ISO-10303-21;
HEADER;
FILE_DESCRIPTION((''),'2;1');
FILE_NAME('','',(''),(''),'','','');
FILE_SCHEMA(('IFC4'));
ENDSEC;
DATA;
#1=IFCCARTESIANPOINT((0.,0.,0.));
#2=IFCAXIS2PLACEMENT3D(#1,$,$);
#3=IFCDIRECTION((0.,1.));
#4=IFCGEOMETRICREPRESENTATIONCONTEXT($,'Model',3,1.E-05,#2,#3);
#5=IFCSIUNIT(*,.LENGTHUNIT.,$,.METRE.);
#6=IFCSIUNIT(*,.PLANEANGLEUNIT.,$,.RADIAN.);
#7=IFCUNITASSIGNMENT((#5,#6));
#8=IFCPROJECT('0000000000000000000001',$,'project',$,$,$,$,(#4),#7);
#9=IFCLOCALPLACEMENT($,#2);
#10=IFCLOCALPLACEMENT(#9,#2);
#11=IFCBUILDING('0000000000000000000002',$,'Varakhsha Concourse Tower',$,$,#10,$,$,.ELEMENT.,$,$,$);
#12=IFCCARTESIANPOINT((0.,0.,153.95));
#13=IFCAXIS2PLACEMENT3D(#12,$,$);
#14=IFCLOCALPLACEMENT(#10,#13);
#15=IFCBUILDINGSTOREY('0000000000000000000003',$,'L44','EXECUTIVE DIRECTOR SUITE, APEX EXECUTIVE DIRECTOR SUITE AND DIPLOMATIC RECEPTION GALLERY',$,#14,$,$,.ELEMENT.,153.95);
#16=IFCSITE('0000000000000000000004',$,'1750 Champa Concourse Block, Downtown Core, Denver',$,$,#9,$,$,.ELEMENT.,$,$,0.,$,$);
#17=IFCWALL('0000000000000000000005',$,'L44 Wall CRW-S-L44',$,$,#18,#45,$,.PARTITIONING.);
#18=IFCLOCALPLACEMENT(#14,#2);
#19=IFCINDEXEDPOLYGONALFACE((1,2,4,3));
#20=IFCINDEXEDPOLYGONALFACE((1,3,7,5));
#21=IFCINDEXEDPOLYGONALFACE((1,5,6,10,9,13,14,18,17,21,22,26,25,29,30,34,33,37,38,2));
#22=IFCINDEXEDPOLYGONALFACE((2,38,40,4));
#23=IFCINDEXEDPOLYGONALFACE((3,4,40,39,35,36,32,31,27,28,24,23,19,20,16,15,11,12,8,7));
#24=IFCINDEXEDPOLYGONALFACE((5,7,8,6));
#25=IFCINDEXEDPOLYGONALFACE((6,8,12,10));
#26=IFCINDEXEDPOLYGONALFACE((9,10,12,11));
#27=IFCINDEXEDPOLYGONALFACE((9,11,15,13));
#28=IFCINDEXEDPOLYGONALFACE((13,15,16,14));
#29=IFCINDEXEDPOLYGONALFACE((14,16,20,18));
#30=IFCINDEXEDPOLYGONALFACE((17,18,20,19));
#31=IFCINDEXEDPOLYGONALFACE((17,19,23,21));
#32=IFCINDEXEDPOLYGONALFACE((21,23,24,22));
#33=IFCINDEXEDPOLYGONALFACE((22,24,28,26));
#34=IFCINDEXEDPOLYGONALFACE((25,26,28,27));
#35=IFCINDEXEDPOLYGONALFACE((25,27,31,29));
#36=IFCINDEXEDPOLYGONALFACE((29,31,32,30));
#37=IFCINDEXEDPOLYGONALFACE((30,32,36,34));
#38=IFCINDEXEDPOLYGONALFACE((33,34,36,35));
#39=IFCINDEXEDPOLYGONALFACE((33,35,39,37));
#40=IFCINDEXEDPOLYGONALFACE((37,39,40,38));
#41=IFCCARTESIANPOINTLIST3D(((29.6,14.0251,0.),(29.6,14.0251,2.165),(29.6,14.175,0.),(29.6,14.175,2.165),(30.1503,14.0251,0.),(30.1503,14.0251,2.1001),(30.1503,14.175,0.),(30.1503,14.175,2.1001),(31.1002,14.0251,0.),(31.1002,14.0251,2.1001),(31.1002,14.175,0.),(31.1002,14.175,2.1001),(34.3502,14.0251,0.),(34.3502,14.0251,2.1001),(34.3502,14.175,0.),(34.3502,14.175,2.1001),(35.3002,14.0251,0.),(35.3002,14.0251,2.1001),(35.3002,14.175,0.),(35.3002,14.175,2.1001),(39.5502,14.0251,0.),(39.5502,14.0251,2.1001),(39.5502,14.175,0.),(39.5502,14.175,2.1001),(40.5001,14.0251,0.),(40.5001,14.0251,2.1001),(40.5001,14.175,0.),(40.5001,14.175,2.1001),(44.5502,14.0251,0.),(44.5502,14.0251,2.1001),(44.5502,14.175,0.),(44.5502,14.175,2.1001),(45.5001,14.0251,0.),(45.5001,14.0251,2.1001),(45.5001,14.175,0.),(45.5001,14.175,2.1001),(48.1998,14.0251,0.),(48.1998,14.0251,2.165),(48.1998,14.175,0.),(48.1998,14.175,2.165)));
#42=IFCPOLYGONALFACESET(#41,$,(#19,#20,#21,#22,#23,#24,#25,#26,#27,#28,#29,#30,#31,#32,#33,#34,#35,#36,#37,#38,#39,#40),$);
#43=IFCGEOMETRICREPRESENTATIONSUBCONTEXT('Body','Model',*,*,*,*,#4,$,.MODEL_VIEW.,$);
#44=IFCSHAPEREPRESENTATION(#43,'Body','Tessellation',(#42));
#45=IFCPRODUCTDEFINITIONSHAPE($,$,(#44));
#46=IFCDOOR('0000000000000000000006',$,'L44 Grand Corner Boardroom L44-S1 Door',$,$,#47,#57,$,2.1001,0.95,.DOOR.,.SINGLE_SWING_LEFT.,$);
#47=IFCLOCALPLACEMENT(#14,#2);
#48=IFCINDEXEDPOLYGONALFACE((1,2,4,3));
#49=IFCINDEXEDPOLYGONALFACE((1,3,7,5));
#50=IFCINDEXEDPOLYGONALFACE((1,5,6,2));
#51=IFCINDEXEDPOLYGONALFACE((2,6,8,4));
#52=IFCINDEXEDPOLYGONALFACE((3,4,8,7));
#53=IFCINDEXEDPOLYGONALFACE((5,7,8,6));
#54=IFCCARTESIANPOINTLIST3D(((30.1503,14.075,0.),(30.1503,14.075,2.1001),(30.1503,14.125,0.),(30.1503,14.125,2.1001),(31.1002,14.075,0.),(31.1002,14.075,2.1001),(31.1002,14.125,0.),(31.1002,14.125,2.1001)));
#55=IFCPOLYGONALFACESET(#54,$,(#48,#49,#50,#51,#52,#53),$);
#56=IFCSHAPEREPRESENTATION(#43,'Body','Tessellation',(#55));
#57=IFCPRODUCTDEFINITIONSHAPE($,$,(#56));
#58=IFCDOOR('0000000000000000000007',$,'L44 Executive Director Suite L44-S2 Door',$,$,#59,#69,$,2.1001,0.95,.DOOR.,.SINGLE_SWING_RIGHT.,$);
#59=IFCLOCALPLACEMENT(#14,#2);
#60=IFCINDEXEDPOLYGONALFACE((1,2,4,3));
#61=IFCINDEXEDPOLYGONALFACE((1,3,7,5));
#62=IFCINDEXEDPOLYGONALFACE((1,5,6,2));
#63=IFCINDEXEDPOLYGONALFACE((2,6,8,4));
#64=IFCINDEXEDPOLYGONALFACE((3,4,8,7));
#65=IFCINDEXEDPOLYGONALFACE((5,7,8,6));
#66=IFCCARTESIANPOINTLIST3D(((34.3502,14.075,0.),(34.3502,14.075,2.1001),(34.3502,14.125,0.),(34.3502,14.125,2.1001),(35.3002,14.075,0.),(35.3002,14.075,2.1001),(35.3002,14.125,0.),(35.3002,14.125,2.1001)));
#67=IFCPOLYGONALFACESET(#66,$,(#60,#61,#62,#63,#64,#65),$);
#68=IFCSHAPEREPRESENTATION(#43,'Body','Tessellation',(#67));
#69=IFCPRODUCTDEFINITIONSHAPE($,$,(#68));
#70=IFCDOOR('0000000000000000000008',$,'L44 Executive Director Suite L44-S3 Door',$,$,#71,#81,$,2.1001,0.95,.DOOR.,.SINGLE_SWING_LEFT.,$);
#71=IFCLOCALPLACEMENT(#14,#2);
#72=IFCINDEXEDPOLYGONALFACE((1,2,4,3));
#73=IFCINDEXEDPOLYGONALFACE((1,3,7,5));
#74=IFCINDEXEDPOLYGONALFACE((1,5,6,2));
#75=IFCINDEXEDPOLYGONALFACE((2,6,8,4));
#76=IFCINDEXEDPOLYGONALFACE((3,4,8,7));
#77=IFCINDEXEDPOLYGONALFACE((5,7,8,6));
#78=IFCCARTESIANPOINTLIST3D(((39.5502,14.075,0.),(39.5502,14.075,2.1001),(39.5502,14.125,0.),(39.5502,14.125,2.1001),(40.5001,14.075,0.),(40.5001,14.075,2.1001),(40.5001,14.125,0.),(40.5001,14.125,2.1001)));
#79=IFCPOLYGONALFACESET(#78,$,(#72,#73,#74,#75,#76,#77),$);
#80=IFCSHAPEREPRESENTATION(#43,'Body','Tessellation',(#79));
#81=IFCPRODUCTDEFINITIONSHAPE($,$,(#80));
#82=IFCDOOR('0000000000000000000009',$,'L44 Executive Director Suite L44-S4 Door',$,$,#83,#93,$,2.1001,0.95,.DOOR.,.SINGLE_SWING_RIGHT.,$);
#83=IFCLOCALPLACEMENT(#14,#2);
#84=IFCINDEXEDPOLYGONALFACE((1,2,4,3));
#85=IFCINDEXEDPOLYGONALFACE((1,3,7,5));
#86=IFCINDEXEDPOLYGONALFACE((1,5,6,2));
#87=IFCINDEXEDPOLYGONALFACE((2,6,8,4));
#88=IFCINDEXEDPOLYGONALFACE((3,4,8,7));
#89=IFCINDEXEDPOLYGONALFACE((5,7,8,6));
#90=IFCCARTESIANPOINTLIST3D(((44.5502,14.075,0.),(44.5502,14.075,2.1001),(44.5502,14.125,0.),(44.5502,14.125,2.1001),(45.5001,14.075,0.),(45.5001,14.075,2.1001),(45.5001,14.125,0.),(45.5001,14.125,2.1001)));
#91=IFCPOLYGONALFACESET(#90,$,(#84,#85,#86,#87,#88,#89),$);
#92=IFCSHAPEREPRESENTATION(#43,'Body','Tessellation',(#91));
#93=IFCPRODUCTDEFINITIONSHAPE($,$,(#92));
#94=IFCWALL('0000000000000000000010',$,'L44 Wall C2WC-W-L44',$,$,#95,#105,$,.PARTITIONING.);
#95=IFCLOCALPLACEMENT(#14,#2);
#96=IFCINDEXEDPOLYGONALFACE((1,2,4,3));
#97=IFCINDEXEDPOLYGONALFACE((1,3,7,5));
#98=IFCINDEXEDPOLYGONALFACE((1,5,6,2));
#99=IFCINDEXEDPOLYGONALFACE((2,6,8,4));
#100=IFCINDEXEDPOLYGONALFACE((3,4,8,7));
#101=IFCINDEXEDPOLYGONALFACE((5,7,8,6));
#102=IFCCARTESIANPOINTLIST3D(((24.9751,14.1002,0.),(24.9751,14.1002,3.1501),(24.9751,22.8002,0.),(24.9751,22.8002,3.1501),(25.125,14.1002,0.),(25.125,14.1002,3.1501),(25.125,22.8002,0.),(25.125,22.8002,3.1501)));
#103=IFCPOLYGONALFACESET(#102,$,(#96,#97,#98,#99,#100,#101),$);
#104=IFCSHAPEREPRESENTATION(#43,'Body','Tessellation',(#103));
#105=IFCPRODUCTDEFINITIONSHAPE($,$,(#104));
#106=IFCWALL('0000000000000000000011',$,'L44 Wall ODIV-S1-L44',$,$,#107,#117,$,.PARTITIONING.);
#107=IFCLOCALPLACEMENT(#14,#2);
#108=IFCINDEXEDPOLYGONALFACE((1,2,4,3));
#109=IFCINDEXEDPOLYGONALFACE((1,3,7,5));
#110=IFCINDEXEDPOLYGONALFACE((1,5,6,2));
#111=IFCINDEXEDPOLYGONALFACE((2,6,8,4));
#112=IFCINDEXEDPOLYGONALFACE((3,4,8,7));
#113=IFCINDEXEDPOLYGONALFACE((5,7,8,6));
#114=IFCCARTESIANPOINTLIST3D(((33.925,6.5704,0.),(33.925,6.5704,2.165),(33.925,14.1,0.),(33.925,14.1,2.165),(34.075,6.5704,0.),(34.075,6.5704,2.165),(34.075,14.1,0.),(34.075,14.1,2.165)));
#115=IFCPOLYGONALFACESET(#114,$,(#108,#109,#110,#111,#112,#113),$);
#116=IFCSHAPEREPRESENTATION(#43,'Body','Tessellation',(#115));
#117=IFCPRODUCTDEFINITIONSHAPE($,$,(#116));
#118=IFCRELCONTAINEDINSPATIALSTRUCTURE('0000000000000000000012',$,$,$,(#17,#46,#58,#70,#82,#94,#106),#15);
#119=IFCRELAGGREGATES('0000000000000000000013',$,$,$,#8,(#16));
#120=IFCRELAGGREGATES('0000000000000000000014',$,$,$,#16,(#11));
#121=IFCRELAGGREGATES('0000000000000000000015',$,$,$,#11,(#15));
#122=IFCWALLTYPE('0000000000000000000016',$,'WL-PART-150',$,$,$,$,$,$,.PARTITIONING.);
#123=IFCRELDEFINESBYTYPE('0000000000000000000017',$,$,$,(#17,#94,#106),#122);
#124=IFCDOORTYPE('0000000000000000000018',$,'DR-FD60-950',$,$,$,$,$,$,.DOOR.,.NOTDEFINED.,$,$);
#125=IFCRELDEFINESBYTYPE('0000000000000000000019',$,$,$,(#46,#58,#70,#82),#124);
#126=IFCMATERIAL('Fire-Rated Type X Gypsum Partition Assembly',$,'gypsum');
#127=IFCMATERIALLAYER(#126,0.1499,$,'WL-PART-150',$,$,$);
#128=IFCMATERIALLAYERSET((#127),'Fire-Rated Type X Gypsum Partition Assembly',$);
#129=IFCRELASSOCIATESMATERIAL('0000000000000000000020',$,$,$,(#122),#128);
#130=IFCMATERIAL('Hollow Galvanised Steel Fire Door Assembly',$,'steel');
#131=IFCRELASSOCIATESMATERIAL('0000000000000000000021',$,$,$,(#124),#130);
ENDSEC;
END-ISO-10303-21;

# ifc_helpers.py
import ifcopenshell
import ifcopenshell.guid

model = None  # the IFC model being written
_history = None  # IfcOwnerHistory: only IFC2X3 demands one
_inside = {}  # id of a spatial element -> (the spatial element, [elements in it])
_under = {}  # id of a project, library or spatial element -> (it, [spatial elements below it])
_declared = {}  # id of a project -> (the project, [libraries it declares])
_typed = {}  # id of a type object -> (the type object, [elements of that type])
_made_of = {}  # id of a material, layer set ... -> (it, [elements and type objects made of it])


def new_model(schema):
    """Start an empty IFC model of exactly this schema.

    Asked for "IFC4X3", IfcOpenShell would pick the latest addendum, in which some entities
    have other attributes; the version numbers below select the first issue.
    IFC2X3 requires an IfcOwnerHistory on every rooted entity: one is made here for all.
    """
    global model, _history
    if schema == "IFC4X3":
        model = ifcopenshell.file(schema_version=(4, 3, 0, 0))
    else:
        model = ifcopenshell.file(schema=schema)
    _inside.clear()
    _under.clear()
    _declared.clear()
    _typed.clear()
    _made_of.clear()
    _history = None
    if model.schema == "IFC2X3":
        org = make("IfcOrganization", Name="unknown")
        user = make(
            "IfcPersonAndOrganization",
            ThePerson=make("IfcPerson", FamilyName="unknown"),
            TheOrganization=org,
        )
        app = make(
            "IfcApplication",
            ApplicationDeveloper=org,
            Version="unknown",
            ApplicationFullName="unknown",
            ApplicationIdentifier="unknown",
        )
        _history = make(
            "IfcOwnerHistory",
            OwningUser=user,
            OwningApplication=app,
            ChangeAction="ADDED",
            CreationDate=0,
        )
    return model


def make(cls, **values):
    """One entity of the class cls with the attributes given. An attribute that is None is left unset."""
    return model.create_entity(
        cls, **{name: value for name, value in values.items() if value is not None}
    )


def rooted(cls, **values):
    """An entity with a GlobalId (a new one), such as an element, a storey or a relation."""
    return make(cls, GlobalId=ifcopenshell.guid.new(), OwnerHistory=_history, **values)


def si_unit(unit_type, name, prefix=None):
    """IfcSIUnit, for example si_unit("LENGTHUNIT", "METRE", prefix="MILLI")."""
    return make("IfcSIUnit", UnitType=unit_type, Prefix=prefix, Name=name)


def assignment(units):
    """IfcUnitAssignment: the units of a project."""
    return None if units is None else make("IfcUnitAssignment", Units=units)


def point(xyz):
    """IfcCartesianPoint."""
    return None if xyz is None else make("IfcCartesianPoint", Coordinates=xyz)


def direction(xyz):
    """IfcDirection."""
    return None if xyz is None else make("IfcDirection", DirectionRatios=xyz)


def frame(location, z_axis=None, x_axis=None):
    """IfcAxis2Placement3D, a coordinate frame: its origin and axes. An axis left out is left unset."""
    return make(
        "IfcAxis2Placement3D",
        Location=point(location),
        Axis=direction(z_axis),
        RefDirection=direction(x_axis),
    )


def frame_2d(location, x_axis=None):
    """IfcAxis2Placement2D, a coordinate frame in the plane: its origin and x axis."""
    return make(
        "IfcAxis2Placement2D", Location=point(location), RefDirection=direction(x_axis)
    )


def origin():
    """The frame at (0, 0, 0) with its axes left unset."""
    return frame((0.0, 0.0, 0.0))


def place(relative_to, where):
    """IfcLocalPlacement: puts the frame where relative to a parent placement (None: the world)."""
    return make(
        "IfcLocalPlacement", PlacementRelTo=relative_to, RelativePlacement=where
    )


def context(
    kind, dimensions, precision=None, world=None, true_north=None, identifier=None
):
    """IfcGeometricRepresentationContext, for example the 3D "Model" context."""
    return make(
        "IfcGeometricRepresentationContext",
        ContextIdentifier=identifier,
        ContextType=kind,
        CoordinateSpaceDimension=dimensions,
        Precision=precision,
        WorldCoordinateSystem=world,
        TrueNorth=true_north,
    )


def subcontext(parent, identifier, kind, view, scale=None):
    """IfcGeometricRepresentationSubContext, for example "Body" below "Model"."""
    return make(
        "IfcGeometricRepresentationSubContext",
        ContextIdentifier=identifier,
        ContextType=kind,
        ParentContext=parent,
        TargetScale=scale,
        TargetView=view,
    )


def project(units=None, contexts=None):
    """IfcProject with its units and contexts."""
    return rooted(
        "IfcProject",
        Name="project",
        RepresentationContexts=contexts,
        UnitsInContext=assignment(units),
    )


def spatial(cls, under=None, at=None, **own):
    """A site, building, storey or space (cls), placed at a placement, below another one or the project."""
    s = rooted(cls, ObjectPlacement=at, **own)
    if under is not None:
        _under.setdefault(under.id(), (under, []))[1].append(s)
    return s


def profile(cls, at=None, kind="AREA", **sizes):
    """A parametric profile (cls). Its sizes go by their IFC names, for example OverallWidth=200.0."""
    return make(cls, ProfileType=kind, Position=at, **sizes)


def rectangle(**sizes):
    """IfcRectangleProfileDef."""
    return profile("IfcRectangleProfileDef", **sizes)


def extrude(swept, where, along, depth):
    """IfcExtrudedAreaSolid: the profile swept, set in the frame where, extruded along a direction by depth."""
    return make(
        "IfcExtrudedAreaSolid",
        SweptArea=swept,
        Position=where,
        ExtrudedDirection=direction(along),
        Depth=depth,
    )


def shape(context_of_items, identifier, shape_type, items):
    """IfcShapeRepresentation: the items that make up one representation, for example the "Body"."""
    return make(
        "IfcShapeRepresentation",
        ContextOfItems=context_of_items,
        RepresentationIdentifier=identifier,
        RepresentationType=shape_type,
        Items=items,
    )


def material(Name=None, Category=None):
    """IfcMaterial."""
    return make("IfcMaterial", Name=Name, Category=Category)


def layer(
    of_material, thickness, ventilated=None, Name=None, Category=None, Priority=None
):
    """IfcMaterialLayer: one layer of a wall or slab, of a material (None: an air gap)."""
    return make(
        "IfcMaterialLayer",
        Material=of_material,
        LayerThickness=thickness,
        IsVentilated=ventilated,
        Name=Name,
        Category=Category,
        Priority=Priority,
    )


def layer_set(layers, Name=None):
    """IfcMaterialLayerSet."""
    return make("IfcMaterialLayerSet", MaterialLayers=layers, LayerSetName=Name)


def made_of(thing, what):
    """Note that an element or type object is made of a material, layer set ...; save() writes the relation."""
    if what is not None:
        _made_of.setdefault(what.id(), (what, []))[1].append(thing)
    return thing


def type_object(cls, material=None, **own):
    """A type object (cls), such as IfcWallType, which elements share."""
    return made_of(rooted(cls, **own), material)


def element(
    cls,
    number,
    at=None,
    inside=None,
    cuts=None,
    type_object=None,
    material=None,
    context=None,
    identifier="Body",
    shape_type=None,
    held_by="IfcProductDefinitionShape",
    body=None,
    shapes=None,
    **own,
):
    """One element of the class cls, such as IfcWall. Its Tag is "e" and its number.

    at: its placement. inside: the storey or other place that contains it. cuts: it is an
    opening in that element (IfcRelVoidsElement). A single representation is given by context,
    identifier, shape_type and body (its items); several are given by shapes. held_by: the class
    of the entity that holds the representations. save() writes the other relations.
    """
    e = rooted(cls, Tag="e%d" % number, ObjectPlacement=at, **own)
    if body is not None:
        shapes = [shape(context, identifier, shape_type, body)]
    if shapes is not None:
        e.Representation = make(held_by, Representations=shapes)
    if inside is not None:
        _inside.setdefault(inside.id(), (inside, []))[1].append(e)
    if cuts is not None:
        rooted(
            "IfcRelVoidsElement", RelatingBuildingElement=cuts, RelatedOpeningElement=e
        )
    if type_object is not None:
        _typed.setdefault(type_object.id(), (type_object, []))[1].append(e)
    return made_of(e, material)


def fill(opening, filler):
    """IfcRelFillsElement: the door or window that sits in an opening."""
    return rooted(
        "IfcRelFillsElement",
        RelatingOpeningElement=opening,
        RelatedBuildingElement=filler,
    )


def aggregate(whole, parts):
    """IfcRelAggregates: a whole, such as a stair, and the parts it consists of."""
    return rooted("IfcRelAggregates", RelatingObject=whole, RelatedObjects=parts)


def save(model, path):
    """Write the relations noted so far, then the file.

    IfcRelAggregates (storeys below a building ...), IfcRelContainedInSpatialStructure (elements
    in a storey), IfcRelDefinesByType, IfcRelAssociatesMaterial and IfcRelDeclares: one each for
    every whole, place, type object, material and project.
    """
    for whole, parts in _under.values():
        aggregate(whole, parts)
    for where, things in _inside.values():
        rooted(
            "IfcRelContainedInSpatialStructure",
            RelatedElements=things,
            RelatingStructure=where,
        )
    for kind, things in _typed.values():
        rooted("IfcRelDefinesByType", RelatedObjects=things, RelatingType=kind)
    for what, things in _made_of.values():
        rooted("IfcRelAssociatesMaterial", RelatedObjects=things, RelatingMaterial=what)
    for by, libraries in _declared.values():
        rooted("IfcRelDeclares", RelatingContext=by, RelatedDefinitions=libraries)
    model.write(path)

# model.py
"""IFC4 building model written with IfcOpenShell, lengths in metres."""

from ifc_helpers import new_model, si_unit, direction, frame, frame_2d, origin, place, context, subcontext, project, spatial, rectangle, extrude, material, layer, layer_set, type_object, element, fill, save


model = new_model("IFC4")

# Units and contexts
model_context = context("Model", 3, precision=1e-05, world=origin(), true_north=direction((0.0, 1.0)))
body_context = subcontext(model_context, "Body", "Model", "MODEL_VIEW")
ifc_project = project(units=[si_unit("LENGTHUNIT", "METRE"), si_unit("PLANEANGLEUNIT", "RADIAN")], contexts=[model_context])

# Site, building, storey
site_placement = place(None, origin())
site = spatial("IfcSite", under=ifc_project, at=site_placement, Name="1750 Champa Concourse Block, Downtown Core, Denver", CompositionType="ELEMENT", RefElevation=0.0)
building_placement = place(site_placement, origin())
building = spatial("IfcBuilding", under=site, at=building_placement, Name="Varakhsha Concourse Tower", CompositionType="ELEMENT")
storey_placement = place(building_placement, frame((0.0, 0.0, 153.95)))
storey = spatial("IfcBuildingStorey", under=building, at=storey_placement, Name="L44", Description="EXECUTIVE DIRECTOR SUITE, APEX EXECUTIVE DIRECTOR SUITE AND DIPLOMATIC RECEPTION GALLERY", CompositionType="ELEMENT", Elevation=153.95)

# Wall, openings, doors
ifc_material_1 = material(Name="Fire-Rated Type X Gypsum Partition Assembly", Category="gypsum")
ifc_layer_1 = layer(ifc_material_1, 0.1499, Name="WL-PART-150")
ifc_layer_set_1 = layer_set([ifc_layer_1], Name="Fire-Rated Type X Gypsum Partition Assembly")
wall_type = type_object("IfcWallType", Name="WL-PART-150", PredefinedType="PARTITIONING", material=ifc_layer_set_1)
wall_1_placement = place(storey_placement, frame((29.6001, 14.1001, 0.0), z_axis=(0.0, 0.0, 1.0), x_axis=(1.0, 0.0, 0.0)))
wall_1 = element("IfcWall", 1, at=wall_1_placement, inside=storey, type_object=wall_type, Name="L44 Wall CRW-S-L44", PredefinedType="PARTITIONING", context=body_context, shape_type="SweptSolid", body=[
    extrude(rectangle(XDim=18.5999, YDim=0.1499, at=frame_2d((9.2998, 0.0))), origin(), (0.0, 0.0, 1.0), 2.165),
])
opening_1_placement = place(wall_1_placement, frame((0.55, 0.0, 0.0)))
opening_1 = element("IfcOpeningElement", 2, at=opening_1_placement, cuts=wall_1, PredefinedType="OPENING", context=body_context, shape_type="SweptSolid", body=[
    extrude(rectangle(XDim=0.95, YDim=2.1001, at=frame_2d((0.4751, 1.05))), frame((0.0, 0.085, 0.0), z_axis=(0.0, -1.0, 0.0), x_axis=(1.0, 0.0, 0.0)), (0.0, 0.0, 1.0), 0.1699),
])
opening_2_placement = place(wall_1_placement, frame((4.75, 0.0, 0.0)))
opening_2 = element("IfcOpeningElement", 3, at=opening_2_placement, cuts=wall_1, PredefinedType="OPENING", context=body_context, shape_type="SweptSolid", body=[
    extrude(rectangle(XDim=0.95, YDim=2.1001, at=frame_2d((0.4751, 1.05))), frame((0.0, 0.085, 0.0), z_axis=(0.0, -1.0, 0.0), x_axis=(1.0, 0.0, 0.0)), (0.0, 0.0, 1.0), 0.1699),
])
opening_3_placement = place(wall_1_placement, frame((9.95, 0.0, 0.0)))
opening_3 = element("IfcOpeningElement", 4, at=opening_3_placement, cuts=wall_1, PredefinedType="OPENING", context=body_context, shape_type="SweptSolid", body=[
    extrude(rectangle(XDim=0.95, YDim=2.1001, at=frame_2d((0.4751, 1.05))), frame((0.0, 0.085, 0.0), z_axis=(0.0, -1.0, 0.0), x_axis=(1.0, 0.0, 0.0)), (0.0, 0.0, 1.0), 0.1699),
])
opening_4_placement = place(wall_1_placement, frame((14.95, 0.0, 0.0)))
opening_4 = element("IfcOpeningElement", 5, at=opening_4_placement, cuts=wall_1, PredefinedType="OPENING", context=body_context, shape_type="SweptSolid", body=[
    extrude(rectangle(XDim=0.95, YDim=2.1001, at=frame_2d((0.4751, 1.05))), frame((0.0, 0.085, 0.0), z_axis=(0.0, -1.0, 0.0), x_axis=(1.0, 0.0, 0.0)), (0.0, 0.0, 1.0), 0.1699),
])
ifc_material_2 = material(Name="Hollow Galvanised Steel Fire Door Assembly", Category="steel")
door_type = type_object("IfcDoorType", Name="DR-FD60-950", OperationType="NOTDEFINED", PredefinedType="DOOR", material=ifc_material_2)
door_1_placement = place(opening_1_placement, origin())
door_1 = element("IfcDoor", 6, at=door_1_placement, inside=storey, type_object=door_type, Name="L44 Grand Corner Boardroom L44-S1 Door", OperationType="SINGLE_SWING_LEFT", OverallHeight=2.1001, OverallWidth=0.95, PredefinedType="DOOR", context=body_context, shape_type="SweptSolid", body=[
    extrude(rectangle(XDim=0.95, YDim=2.1001, at=frame_2d((0.4751, 1.05))), frame((0.0, 0.0249, 0.0), z_axis=(0.0, -1.0, 0.0), x_axis=(1.0, 0.0, 0.0)), (0.0, 0.0, 1.0), 0.05),
])
fill(opening_1, door_1)
door_2_placement = place(opening_2_placement, origin())
door_2 = element("IfcDoor", 7, at=door_2_placement, inside=storey, type_object=door_type, Name="L44 Executive Director Suite L44-S2 Door", OperationType="SINGLE_SWING_RIGHT", OverallHeight=2.1001, OverallWidth=0.95, PredefinedType="DOOR", context=body_context, shape_type="SweptSolid", body=[
    extrude(rectangle(XDim=0.95, YDim=2.1001, at=frame_2d((0.4751, 1.05))), frame((0.0, 0.0249, 0.0), z_axis=(0.0, -1.0, 0.0), x_axis=(1.0, 0.0, 0.0)), (0.0, 0.0, 1.0), 0.05),
])
fill(opening_2, door_2)
door_3_placement = place(opening_3_placement, origin())
door_3 = element("IfcDoor", 8, at=door_3_placement, inside=storey, type_object=door_type, Name="L44 Executive Director Suite L44-S3 Door", OperationType="SINGLE_SWING_LEFT", OverallHeight=2.1001, OverallWidth=0.95, PredefinedType="DOOR", context=body_context, shape_type="SweptSolid", body=[
    extrude(rectangle(XDim=0.95, YDim=2.1001, at=frame_2d((0.4751, 1.05))), frame((0.0, 0.0249, 0.0), z_axis=(0.0, -1.0, 0.0), x_axis=(1.0, 0.0, 0.0)), (0.0, 0.0, 1.0), 0.05),
])
fill(opening_3, door_3)
door_4_placement = place(opening_4_placement, origin())
door_4 = element("IfcDoor", 9, at=door_4_placement, inside=storey, type_object=door_type, Name="L44 Executive Director Suite L44-S4 Door", OperationType="SINGLE_SWING_RIGHT", OverallHeight=2.1001, OverallWidth=0.95, PredefinedType="DOOR", context=body_context, shape_type="SweptSolid", body=[
    extrude(rectangle(XDim=0.95, YDim=2.1001, at=frame_2d((0.4751, 1.05))), frame((0.0, 0.0249, 0.0), z_axis=(0.0, -1.0, 0.0), x_axis=(1.0, 0.0, 0.0)), (0.0, 0.0, 1.0), 0.05),
])
fill(opening_4, door_4)

# Walls
wall_2_placement = place(storey_placement, frame((25.05, 14.1001, 0.0), z_axis=(0.0, 0.0, 1.0), x_axis=(0.0, 1.0, 0.0)))
element("IfcWall", 10, at=wall_2_placement, inside=storey, type_object=wall_type, Name="L44 Wall C2WC-W-L44", PredefinedType="PARTITIONING", context=body_context, shape_type="SweptSolid", body=[
    extrude(rectangle(XDim=8.7, YDim=0.1499, at=frame_2d((4.3501, 0.0))), origin(), (0.0, 0.0, 1.0), 3.1501),
])
wall_3_placement = place(storey_placement, frame((34.0, 6.5706, 0.0), z_axis=(0.0, 0.0, 1.0), x_axis=(0.0, 1.0, 0.0)))
element("IfcWall", 11, at=wall_3_placement, inside=storey, type_object=wall_type, Name="L44 Wall ODIV-S1-L44", PredefinedType="PARTITIONING", context=body_context, shape_type="SweptSolid", body=[
    extrude(rectangle(XDim=7.5295, YDim=0.1499, at=frame_2d((3.7646, 0.0))), origin(), (0.0, 0.0, 1.0), 2.165),
])

save(model, "model.ifc")
